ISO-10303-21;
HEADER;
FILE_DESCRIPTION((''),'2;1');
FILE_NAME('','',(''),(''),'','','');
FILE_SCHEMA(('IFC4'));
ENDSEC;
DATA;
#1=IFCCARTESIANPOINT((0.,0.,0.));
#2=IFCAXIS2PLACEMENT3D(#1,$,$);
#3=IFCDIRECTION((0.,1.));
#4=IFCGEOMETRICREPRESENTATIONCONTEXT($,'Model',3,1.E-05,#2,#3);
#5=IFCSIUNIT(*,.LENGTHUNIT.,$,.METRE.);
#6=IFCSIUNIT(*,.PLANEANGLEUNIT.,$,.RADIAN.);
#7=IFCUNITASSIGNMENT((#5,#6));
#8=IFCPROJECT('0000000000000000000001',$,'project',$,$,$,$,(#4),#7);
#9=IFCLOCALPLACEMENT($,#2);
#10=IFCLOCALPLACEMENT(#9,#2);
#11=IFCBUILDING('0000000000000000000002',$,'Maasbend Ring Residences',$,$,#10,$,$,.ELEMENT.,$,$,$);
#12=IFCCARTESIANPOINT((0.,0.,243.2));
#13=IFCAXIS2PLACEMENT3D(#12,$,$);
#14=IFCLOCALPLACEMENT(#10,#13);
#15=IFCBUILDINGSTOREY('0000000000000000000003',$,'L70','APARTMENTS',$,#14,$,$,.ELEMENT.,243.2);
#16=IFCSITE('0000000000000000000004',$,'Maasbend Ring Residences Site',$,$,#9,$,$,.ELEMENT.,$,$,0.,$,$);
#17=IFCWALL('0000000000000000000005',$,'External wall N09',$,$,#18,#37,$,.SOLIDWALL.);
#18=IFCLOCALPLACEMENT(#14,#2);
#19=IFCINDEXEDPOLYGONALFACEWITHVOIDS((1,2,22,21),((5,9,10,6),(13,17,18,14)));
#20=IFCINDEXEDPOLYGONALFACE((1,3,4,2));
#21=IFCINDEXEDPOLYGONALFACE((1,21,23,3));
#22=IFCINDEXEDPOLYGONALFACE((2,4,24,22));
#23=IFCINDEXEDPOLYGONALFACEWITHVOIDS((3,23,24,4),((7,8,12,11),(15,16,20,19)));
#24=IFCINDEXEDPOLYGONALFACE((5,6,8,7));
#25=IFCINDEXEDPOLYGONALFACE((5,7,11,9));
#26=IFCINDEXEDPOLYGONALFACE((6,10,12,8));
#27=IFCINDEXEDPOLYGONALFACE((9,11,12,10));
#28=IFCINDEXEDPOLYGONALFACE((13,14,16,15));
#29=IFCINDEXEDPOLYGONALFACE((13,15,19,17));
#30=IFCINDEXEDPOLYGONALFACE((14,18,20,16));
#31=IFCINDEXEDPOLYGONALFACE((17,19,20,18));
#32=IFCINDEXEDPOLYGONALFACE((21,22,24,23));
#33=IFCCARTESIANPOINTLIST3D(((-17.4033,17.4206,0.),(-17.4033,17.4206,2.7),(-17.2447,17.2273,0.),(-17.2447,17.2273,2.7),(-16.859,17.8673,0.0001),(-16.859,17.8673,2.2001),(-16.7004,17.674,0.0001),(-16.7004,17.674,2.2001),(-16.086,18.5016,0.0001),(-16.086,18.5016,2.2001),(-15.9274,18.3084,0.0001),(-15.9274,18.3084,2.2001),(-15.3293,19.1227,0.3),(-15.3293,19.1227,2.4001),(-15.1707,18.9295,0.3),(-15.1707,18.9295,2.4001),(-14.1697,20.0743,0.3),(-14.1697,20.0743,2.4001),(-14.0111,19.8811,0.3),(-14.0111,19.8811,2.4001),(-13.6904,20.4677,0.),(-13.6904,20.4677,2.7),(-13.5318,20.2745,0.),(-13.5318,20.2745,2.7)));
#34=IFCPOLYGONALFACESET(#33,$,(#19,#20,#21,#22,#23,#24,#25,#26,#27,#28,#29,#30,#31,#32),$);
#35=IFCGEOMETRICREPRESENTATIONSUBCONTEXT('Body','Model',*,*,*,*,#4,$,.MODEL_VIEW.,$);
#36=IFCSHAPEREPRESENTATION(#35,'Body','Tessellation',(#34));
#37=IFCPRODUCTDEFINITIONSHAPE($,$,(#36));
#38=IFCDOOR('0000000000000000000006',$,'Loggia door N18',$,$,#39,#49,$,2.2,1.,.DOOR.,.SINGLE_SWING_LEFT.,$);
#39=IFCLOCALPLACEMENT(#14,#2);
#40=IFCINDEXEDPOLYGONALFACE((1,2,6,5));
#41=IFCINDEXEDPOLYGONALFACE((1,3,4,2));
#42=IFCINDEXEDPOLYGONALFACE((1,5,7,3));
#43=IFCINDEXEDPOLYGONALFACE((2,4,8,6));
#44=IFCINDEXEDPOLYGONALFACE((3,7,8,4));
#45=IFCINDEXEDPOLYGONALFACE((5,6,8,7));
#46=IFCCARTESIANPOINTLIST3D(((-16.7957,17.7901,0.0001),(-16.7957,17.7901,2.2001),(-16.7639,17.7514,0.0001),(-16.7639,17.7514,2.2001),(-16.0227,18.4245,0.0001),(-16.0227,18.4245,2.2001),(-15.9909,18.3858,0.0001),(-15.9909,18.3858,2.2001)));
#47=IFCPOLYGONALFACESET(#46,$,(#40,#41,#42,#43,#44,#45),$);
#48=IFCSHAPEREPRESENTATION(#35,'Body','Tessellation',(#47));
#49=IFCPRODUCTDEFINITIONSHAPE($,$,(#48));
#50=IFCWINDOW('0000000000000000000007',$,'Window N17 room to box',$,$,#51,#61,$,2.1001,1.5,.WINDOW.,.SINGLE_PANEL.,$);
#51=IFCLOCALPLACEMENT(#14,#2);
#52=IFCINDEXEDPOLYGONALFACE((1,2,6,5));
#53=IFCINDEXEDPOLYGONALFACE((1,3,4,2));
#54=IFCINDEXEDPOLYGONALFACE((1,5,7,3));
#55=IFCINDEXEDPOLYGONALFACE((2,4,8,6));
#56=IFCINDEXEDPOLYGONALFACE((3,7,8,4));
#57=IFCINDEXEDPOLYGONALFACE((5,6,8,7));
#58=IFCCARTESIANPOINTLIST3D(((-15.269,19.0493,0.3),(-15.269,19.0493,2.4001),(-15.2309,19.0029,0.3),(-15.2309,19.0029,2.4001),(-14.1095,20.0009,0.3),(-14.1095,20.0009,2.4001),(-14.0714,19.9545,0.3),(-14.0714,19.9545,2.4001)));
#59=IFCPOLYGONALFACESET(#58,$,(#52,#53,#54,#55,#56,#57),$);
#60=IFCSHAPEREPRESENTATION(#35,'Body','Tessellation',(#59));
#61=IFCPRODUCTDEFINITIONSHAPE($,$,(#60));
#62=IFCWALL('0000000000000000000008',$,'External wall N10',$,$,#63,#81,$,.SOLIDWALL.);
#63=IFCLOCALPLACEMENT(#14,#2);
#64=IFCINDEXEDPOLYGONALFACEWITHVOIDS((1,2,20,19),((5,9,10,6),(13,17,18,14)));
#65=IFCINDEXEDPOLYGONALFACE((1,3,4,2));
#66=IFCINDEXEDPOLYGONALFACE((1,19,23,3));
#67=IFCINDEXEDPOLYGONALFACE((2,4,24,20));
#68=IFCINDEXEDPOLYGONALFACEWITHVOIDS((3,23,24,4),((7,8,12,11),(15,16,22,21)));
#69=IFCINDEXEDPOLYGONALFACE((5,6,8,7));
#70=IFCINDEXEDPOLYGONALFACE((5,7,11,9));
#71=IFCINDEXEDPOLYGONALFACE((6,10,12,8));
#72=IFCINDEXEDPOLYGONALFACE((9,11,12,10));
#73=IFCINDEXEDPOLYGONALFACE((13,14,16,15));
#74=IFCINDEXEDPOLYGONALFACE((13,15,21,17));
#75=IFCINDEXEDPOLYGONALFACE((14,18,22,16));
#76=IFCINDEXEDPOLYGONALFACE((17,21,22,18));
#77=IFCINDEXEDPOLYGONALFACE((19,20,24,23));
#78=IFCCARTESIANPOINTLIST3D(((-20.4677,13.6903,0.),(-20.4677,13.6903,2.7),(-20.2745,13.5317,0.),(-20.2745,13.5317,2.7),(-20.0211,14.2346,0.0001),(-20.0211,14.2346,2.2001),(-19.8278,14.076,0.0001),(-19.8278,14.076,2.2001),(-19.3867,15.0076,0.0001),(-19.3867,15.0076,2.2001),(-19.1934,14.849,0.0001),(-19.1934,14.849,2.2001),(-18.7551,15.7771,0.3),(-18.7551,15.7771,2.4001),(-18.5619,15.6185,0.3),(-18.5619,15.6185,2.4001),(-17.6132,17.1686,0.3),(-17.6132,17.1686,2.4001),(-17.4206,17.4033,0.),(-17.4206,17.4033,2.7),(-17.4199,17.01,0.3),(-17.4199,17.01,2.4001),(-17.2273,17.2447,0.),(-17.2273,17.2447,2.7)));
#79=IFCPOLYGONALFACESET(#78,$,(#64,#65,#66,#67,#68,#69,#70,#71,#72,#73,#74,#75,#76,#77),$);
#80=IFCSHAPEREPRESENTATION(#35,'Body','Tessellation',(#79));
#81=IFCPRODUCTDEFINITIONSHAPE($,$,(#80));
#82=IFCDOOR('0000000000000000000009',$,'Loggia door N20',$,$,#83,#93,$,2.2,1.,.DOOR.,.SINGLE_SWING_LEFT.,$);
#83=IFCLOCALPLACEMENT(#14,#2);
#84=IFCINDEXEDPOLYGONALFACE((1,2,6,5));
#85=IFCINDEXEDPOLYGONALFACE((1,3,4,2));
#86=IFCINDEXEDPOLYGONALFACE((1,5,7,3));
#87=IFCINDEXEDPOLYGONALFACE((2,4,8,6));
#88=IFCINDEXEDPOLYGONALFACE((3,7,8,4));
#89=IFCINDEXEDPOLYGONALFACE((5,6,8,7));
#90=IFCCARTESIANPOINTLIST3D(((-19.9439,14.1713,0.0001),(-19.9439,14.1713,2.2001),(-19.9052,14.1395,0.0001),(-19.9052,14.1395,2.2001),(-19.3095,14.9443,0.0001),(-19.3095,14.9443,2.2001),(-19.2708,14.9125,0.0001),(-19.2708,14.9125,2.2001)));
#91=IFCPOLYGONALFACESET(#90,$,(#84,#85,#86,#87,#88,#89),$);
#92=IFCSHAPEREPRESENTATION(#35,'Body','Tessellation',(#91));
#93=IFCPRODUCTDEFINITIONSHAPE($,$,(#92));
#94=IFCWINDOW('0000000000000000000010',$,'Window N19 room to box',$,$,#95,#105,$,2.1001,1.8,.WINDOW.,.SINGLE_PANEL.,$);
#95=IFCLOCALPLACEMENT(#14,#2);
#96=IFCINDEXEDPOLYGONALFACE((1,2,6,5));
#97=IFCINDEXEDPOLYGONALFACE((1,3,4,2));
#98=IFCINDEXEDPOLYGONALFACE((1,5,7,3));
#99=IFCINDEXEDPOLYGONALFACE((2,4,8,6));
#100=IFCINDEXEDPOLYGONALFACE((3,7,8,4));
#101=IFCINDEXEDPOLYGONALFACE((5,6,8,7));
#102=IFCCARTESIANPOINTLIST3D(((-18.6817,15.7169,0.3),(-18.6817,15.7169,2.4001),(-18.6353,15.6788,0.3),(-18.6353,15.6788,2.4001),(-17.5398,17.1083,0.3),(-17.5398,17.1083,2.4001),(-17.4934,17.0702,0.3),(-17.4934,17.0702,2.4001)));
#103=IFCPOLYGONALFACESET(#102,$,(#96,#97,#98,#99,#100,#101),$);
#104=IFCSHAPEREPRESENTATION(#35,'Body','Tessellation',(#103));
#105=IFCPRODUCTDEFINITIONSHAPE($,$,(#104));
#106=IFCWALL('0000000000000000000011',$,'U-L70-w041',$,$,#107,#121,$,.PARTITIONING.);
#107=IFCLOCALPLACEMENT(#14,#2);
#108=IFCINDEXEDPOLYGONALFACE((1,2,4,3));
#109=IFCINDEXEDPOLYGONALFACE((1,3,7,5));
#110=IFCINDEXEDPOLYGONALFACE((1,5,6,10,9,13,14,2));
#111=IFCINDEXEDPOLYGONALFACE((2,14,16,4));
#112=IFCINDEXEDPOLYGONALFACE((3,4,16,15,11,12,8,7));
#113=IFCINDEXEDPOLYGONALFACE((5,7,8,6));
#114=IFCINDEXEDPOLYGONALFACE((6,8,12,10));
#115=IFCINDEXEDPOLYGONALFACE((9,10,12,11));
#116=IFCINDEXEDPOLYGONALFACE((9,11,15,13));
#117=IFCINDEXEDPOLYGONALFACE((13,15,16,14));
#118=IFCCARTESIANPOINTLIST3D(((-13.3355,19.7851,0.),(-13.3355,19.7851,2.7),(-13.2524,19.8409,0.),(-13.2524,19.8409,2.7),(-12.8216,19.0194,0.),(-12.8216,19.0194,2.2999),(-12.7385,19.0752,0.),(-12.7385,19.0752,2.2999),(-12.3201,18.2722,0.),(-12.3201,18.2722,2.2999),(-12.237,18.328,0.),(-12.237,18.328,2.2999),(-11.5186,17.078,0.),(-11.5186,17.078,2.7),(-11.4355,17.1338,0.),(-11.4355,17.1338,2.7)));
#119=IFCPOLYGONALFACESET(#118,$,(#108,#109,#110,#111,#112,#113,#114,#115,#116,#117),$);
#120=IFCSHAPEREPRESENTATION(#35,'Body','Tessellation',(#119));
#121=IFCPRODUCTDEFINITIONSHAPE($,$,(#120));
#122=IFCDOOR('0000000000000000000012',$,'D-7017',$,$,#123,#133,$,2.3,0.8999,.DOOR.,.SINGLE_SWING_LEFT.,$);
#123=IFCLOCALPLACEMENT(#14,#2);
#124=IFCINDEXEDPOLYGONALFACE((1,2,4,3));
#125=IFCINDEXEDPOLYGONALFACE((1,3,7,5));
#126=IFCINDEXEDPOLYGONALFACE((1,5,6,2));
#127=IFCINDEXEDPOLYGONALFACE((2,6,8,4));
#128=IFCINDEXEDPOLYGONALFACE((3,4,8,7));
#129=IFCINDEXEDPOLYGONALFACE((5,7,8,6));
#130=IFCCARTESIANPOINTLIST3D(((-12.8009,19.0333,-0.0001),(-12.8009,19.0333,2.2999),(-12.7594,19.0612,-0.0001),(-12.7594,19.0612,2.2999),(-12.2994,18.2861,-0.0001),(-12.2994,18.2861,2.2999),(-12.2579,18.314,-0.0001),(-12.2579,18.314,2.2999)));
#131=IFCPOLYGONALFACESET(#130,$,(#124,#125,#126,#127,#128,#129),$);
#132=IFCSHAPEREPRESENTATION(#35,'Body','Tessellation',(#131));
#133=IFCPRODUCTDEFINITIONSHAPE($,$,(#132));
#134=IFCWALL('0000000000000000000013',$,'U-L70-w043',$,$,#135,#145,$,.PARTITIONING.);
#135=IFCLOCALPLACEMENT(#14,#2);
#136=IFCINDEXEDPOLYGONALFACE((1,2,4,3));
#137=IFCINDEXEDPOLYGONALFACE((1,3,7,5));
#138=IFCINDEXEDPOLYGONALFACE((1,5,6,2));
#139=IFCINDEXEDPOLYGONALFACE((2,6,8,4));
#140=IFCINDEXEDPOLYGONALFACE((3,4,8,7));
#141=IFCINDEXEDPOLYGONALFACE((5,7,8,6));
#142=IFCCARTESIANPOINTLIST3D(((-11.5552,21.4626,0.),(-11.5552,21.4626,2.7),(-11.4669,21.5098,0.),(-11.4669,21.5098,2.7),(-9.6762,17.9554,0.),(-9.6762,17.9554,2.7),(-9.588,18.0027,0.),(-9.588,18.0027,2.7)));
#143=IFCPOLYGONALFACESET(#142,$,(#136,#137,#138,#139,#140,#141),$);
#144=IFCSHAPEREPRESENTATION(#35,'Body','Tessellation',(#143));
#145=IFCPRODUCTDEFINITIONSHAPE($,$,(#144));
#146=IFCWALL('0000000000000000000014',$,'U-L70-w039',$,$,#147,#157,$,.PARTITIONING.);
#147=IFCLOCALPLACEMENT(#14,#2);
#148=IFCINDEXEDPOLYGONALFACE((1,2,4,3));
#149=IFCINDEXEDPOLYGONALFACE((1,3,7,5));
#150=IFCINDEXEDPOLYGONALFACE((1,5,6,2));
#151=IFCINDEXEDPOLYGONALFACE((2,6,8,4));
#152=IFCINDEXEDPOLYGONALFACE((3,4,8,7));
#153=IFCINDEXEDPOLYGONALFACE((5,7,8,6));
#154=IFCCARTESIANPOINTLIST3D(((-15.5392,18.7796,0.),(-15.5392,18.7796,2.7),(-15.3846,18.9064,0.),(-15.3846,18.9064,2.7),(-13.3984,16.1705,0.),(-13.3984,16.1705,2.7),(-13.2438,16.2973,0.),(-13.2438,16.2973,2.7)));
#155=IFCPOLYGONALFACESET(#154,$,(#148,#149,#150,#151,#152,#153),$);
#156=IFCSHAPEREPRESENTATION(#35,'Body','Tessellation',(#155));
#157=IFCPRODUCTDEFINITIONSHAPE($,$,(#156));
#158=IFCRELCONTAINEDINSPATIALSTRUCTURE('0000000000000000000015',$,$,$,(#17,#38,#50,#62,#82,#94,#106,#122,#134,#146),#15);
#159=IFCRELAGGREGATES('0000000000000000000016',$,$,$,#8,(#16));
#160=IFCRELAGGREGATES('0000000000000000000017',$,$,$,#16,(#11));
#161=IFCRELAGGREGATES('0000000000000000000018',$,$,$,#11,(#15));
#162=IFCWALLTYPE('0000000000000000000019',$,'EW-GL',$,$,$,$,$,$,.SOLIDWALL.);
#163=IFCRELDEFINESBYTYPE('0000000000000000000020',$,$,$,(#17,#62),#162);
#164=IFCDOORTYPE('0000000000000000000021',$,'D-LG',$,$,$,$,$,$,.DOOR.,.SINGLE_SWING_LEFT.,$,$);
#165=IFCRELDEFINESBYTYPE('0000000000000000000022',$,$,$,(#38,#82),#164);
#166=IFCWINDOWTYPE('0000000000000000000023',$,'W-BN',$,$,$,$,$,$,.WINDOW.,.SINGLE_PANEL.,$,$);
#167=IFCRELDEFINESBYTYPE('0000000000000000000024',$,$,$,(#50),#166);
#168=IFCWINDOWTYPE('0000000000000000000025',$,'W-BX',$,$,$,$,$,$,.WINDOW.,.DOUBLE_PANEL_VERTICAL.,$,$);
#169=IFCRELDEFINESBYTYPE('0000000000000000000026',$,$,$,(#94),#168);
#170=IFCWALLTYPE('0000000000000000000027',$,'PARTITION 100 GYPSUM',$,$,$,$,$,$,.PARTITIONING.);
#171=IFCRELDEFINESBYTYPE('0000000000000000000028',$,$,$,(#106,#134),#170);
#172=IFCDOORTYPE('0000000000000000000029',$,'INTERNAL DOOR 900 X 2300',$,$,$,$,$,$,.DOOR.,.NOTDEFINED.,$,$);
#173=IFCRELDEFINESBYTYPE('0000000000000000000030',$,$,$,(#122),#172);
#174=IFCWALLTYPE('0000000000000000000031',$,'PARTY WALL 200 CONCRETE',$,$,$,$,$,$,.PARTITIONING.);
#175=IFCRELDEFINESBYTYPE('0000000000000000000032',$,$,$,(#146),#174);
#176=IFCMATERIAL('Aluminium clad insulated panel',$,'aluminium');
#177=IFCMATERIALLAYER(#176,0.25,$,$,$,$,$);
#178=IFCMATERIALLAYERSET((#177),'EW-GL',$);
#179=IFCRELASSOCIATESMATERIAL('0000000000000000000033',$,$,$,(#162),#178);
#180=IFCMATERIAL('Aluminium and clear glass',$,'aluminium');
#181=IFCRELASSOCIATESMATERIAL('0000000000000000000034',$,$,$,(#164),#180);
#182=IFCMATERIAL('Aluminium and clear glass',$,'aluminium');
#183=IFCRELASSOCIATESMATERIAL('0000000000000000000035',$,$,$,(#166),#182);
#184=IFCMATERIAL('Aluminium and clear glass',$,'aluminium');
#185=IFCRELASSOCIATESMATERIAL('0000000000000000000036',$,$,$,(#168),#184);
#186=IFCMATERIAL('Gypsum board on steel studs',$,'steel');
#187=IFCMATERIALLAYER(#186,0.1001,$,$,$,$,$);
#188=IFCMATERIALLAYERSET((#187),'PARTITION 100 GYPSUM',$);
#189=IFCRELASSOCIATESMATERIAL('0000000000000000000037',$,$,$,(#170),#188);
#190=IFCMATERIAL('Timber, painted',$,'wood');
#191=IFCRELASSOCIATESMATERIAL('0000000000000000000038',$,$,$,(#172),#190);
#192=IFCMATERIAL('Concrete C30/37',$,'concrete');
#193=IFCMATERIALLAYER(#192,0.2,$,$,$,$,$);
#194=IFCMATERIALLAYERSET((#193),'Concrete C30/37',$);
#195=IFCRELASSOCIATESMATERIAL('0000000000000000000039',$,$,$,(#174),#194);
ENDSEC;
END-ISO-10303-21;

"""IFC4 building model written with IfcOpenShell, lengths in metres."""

from ifc_helpers import new_model, si_unit, direction, frame, frame_2d, origin, place, context, subcontext, project, spatial, rectangle, extrude, material, layer, layer_set, type_object, element, fill, save


model = new_model("IFC4")

# Units and contexts
model_context = context("Model", 3, precision=1e-05, world=origin(), true_north=direction((0.0, 1.0)))
body_context = subcontext(model_context, "Body", "Model", "MODEL_VIEW")
ifc_project = project(units=[si_unit("LENGTHUNIT", "METRE"), si_unit("PLANEANGLEUNIT", "RADIAN")], contexts=[model_context])

# Site, building, storey
site_placement = place(None, origin())
site = spatial("IfcSite", under=ifc_project, at=site_placement, Name="Maasbend Ring Residences Site", CompositionType="ELEMENT", RefElevation=0.0)
building_placement = place(site_placement, origin())
building = spatial("IfcBuilding", under=site, at=building_placement, Name="Maasbend Ring Residences", CompositionType="ELEMENT")
storey_placement = place(building_placement, frame((0.0, 0.0, 243.2)))
storey = spatial("IfcBuildingStorey", under=building, at=storey_placement, Name="L70", Description="APARTMENTS", CompositionType="ELEMENT", Elevation=243.2)

# Walls, openings, doors, windows
ifc_material_1 = material(Name="Aluminium clad insulated panel", Category="aluminium")
ifc_layer_1 = layer(ifc_material_1, 0.25)
ifc_layer_set_1 = layer_set([ifc_layer_1], Name="EW-GL")
wall_type_1 = type_object("IfcWallType", Name="EW-GL", PredefinedType="SOLIDWALL", material=ifc_layer_set_1)
wall_1_placement = place(storey_placement, frame((-13.6111, 20.3711, 0.0), z_axis=(0.0, 0.0, 1.0), x_axis=(-0.773008, -0.634397, 0.0)))
wall_1 = element("IfcWall", 1, at=wall_1_placement, inside=storey, type_object=wall_type_1, Name="External wall N09", PredefinedType="SOLIDWALL", context=body_context, shape_type="SweptSolid", body=[
    extrude(rectangle(XDim=4.8032, YDim=0.25, at=frame_2d((2.4016, 0.0))), origin(), (0.0, 0.0, 1.0), 2.7),
])
opening_1_placement = place(wall_1_placement, frame((0.6201, 0.0, 0.3)))
opening_1 = element("IfcOpeningElement", 2, at=opening_1_placement, cuts=wall_1, PredefinedType="OPENING", context=body_context, shape_type="SweptSolid", body=[
    extrude(rectangle(XDim=1.5, YDim=2.1001, at=frame_2d((0.75, 1.05))), frame((0.0, 0.135, 0.0), z_axis=(0.0, -1.0, 0.0), x_axis=(1.0, 0.0, 0.0)), (0.0, 0.0, 1.0), 0.27),
])
opening_2_placement = place(wall_1_placement, frame((3.0991, 0.0, 0.0)))
opening_2 = element("IfcOpeningElement", 3, at=opening_2_placement, cuts=wall_1, PredefinedType="OPENING", context=body_context, shape_type="SweptSolid", body=[
    extrude(rectangle(XDim=1.0, YDim=2.2, at=frame_2d((0.5, 1.1001))), frame((0.0, 0.135, 0.0), z_axis=(0.0, -1.0, 0.0), x_axis=(1.0, 0.0, 0.0)), (0.0, 0.0, 1.0), 0.27),
])
ifc_material_2 = material(Name="Aluminium and clear glass", Category="aluminium")
door_type_1 = type_object("IfcDoorType", Name="D-LG", OperationType="SINGLE_SWING_LEFT", PredefinedType="DOOR", material=ifc_material_2)
door_1_placement = place(opening_2_placement, origin())
door_1 = element("IfcDoor", 4, at=door_1_placement, inside=storey, type_object=door_type_1, Name="Loggia door N18", OperationType="SINGLE_SWING_LEFT", OverallHeight=2.2, OverallWidth=1.0, PredefinedType="DOOR", context=body_context, shape_type="SweptSolid", body=[
    extrude(rectangle(XDim=1.0, YDim=2.2, at=frame_2d((0.5, 1.1001))), frame((0.0, 0.0249, 0.0), z_axis=(0.0, -1.0, 0.0), x_axis=(1.0, 0.0, 0.0)), (0.0, 0.0, 1.0), 0.05),
])
fill(opening_2, door_1)
ifc_material_3 = material(Name="Aluminium and clear glass", Category="aluminium")
window_type_1 = type_object("IfcWindowType", Name="W-BN", PartitioningType="SINGLE_PANEL", PredefinedType="WINDOW", material=ifc_material_3)
window_1_placement = place(opening_1_placement, origin())
window_1 = element("IfcWindow", 5, at=window_1_placement, inside=storey, type_object=window_type_1, Name="Window N17 room to box", OverallHeight=2.1001, OverallWidth=1.5, PartitioningType="SINGLE_PANEL", PredefinedType="WINDOW", context=body_context, shape_type="SweptSolid", body=[
    extrude(rectangle(XDim=1.5, YDim=2.1001, at=frame_2d((0.75, 1.05))), frame((0.0, 0.03, 0.0), z_axis=(0.0, -1.0, 0.0), x_axis=(1.0, 0.0, 0.0)), (0.0, 0.0, 1.0), 0.0601),
])
fill(opening_1, window_1)
wall_2_placement = place(storey_placement, frame((-17.324, 17.324, 0.0), z_axis=(0.0, 0.0, 1.0), x_axis=(-0.634397, -0.773008, 0.0)))
wall_2 = element("IfcWall", 6, at=wall_2_placement, inside=storey, type_object=wall_type_1, Name="External wall N10", PredefinedType="SOLIDWALL", context=body_context, shape_type="SweptSolid", body=[
    extrude(rectangle(XDim=4.8032, YDim=0.25, at=frame_2d((2.4016, 0.0))), origin(), (0.0, 0.0, 1.0), 2.7),
])
opening_3_placement = place(wall_2_placement, frame((0.3037, 0.0, 0.3)))
opening_3 = element("IfcOpeningElement", 7, at=opening_3_placement, cuts=wall_2, PredefinedType="OPENING", context=body_context, shape_type="SweptSolid", body=[
    extrude(rectangle(XDim=1.8, YDim=2.1001, at=frame_2d((0.8999, 1.05))), frame((0.0, 0.135, 0.0), z_axis=(0.0, -1.0, 0.0), x_axis=(1.0, 0.0, 0.0)), (0.0, 0.0, 1.0), 0.27),
])
opening_4_placement = place(wall_2_placement, frame((3.0991, 0.0, 0.0)))
opening_4 = element("IfcOpeningElement", 8, at=opening_4_placement, cuts=wall_2, PredefinedType="OPENING", context=body_context, shape_type="SweptSolid", body=[
    extrude(rectangle(XDim=1.0, YDim=2.2, at=frame_2d((0.5, 1.1001))), frame((0.0, 0.135, 0.0), z_axis=(0.0, -1.0, 0.0), x_axis=(1.0, 0.0, 0.0)), (0.0, 0.0, 1.0), 0.27),
])
door_2_placement = place(opening_4_placement, origin())
door_2 = element("IfcDoor", 9, at=door_2_placement, inside=storey, type_object=door_type_1, Name="Loggia door N20", OperationType="SINGLE_SWING_LEFT", OverallHeight=2.2, OverallWidth=1.0, PredefinedType="DOOR", context=body_context, shape_type="SweptSolid", body=[
    extrude(rectangle(XDim=1.0, YDim=2.2, at=frame_2d((0.5, 1.1001))), frame((0.0, 0.0249, 0.0), z_axis=(0.0, -1.0, 0.0), x_axis=(1.0, 0.0, 0.0)), (0.0, 0.0, 1.0), 0.05),
])
fill(opening_4, door_2)
ifc_material_4 = material(Name="Aluminium and clear glass", Category="aluminium")
window_type_2 = type_object("IfcWindowType", Name="W-BX", PartitioningType="DOUBLE_PANEL_VERTICAL", PredefinedType="WINDOW", material=ifc_material_4)
window_2_placement = place(opening_3_placement, origin())
window_2 = element("IfcWindow", 10, at=window_2_placement, inside=storey, type_object=window_type_2, Name="Window N19 room to box", OverallHeight=2.1001, OverallWidth=1.8, PartitioningType="SINGLE_PANEL", PredefinedType="WINDOW", context=body_context, shape_type="SweptSolid", body=[
    extrude(rectangle(XDim=1.8, YDim=2.1001, at=frame_2d((0.8999, 1.05))), frame((0.0, 0.03, 0.0), z_axis=(0.0, -1.0, 0.0), x_axis=(1.0, 0.0, 0.0)), (0.0, 0.0, 1.0), 0.0601),
])
fill(opening_3, window_2)

# Wall, opening, door
ifc_material_5 = material(Name="Gypsum board on steel studs", Category="steel")
ifc_layer_2 = layer(ifc_material_5, 0.1001)
ifc_layer_set_2 = layer_set([ifc_layer_2], Name="PARTITION 100 GYPSUM")
wall_type_2 = type_object("IfcWallType", Name="PARTITION 100 GYPSUM", PredefinedType="PARTITIONING", material=ifc_layer_set_2)
wall_3_placement = place(storey_placement, frame((-13.2939, 19.813, 0.0), z_axis=(0.0, 0.0, 1.0), x_axis=(0.55729, -0.830318, 0.0)))
wall_3 = element("IfcWall", 11, at=wall_3_placement, inside=storey, type_object=wall_type_2, Name="U-L70-w041", PredefinedType="PARTITIONING", context=body_context, shape_type="SweptSolid", body=[
    extrude(rectangle(XDim=3.2603, YDim=0.1001, at=frame_2d((1.6301, 0.0))), origin(), (0.0, 0.0, 1.0), 2.7),
])
opening_5_placement = place(wall_3_placement, frame((0.9221, 0.0, 0.0)))
opening_5 = element("IfcOpeningElement", 12, at=opening_5_placement, cuts=wall_3, PredefinedType="OPENING", context=body_context, shape_type="SweptSolid", body=[
    extrude(rectangle(XDim=0.8999, YDim=2.3, at=frame_2d((0.45, 1.1499))), frame((0.0, 0.0601, 0.0), z_axis=(0.0, -1.0, 0.0), x_axis=(1.0, 0.0, 0.0)), (0.0, 0.0, 1.0), 0.1201),
])
ifc_material_6 = material(Name="Timber, painted", Category="wood")
door_type_2 = type_object("IfcDoorType", Name="INTERNAL DOOR 900 X 2300", OperationType="NOTDEFINED", PredefinedType="DOOR", material=ifc_material_6)
door_3_placement = place(opening_5_placement, origin())
door_3 = element("IfcDoor", 13, at=door_3_placement, inside=storey, type_object=door_type_2, Name="D-7017", OperationType="SINGLE_SWING_LEFT", OverallHeight=2.3, OverallWidth=0.8999, PredefinedType="DOOR", context=body_context, shape_type="SweptSolid", body=[
    extrude(rectangle(XDim=0.8999, YDim=2.3, at=frame_2d((0.45, 1.1499))), frame((0.0, 0.0249, 0.0), z_axis=(0.0, -1.0, 0.0), x_axis=(1.0, 0.0, 0.0)), (0.0, 0.0, 1.0), 0.05),
])
fill(opening_5, door_3)

# Walls
wall_4_placement = place(storey_placement, frame((-11.511, 21.4861, 0.0), z_axis=(0.0, 0.0, 1.0), x_axis=(0.472244, -0.881468, 0.0)))
element("IfcWall", 14, at=wall_4_placement, inside=storey, type_object=wall_type_2, Name="U-L70-w043", PredefinedType="PARTITIONING", context=body_context, shape_type="SweptSolid", body=[
    extrude(rectangle(XDim=3.9788, YDim=0.1001, at=frame_2d((1.9893, 0.0))), origin(), (0.0, 0.0, 1.0), 2.7),
])
ifc_material_7 = material(Name="Concrete C30/37", Category="concrete")
ifc_layer_3 = layer(ifc_material_7, 0.2)
ifc_layer_set_3 = layer_set([ifc_layer_3], Name="Concrete C30/37")
wall_type_3 = type_object("IfcWallType", Name="PARTY WALL 200 CONCRETE", PredefinedType="PARTITIONING", material=ifc_layer_set_3)
wall_5_placement = place(storey_placement, frame((-15.4619, 18.843, 0.0), z_axis=(0.0, 0.0, 1.0), x_axis=(0.634324, -0.773067, 0.0)))
element("IfcWall", 15, at=wall_5_placement, inside=storey, type_object=wall_type_3, Name="U-L70-w039", PredefinedType="PARTITIONING", context=body_context, shape_type="SweptSolid", body=[
    extrude(rectangle(XDim=3.375, YDim=0.2, at=frame_2d((1.6875, 0.0))), origin(), (0.0, 0.0, 1.0), 2.7),
])

save(model, "model.ifc")
